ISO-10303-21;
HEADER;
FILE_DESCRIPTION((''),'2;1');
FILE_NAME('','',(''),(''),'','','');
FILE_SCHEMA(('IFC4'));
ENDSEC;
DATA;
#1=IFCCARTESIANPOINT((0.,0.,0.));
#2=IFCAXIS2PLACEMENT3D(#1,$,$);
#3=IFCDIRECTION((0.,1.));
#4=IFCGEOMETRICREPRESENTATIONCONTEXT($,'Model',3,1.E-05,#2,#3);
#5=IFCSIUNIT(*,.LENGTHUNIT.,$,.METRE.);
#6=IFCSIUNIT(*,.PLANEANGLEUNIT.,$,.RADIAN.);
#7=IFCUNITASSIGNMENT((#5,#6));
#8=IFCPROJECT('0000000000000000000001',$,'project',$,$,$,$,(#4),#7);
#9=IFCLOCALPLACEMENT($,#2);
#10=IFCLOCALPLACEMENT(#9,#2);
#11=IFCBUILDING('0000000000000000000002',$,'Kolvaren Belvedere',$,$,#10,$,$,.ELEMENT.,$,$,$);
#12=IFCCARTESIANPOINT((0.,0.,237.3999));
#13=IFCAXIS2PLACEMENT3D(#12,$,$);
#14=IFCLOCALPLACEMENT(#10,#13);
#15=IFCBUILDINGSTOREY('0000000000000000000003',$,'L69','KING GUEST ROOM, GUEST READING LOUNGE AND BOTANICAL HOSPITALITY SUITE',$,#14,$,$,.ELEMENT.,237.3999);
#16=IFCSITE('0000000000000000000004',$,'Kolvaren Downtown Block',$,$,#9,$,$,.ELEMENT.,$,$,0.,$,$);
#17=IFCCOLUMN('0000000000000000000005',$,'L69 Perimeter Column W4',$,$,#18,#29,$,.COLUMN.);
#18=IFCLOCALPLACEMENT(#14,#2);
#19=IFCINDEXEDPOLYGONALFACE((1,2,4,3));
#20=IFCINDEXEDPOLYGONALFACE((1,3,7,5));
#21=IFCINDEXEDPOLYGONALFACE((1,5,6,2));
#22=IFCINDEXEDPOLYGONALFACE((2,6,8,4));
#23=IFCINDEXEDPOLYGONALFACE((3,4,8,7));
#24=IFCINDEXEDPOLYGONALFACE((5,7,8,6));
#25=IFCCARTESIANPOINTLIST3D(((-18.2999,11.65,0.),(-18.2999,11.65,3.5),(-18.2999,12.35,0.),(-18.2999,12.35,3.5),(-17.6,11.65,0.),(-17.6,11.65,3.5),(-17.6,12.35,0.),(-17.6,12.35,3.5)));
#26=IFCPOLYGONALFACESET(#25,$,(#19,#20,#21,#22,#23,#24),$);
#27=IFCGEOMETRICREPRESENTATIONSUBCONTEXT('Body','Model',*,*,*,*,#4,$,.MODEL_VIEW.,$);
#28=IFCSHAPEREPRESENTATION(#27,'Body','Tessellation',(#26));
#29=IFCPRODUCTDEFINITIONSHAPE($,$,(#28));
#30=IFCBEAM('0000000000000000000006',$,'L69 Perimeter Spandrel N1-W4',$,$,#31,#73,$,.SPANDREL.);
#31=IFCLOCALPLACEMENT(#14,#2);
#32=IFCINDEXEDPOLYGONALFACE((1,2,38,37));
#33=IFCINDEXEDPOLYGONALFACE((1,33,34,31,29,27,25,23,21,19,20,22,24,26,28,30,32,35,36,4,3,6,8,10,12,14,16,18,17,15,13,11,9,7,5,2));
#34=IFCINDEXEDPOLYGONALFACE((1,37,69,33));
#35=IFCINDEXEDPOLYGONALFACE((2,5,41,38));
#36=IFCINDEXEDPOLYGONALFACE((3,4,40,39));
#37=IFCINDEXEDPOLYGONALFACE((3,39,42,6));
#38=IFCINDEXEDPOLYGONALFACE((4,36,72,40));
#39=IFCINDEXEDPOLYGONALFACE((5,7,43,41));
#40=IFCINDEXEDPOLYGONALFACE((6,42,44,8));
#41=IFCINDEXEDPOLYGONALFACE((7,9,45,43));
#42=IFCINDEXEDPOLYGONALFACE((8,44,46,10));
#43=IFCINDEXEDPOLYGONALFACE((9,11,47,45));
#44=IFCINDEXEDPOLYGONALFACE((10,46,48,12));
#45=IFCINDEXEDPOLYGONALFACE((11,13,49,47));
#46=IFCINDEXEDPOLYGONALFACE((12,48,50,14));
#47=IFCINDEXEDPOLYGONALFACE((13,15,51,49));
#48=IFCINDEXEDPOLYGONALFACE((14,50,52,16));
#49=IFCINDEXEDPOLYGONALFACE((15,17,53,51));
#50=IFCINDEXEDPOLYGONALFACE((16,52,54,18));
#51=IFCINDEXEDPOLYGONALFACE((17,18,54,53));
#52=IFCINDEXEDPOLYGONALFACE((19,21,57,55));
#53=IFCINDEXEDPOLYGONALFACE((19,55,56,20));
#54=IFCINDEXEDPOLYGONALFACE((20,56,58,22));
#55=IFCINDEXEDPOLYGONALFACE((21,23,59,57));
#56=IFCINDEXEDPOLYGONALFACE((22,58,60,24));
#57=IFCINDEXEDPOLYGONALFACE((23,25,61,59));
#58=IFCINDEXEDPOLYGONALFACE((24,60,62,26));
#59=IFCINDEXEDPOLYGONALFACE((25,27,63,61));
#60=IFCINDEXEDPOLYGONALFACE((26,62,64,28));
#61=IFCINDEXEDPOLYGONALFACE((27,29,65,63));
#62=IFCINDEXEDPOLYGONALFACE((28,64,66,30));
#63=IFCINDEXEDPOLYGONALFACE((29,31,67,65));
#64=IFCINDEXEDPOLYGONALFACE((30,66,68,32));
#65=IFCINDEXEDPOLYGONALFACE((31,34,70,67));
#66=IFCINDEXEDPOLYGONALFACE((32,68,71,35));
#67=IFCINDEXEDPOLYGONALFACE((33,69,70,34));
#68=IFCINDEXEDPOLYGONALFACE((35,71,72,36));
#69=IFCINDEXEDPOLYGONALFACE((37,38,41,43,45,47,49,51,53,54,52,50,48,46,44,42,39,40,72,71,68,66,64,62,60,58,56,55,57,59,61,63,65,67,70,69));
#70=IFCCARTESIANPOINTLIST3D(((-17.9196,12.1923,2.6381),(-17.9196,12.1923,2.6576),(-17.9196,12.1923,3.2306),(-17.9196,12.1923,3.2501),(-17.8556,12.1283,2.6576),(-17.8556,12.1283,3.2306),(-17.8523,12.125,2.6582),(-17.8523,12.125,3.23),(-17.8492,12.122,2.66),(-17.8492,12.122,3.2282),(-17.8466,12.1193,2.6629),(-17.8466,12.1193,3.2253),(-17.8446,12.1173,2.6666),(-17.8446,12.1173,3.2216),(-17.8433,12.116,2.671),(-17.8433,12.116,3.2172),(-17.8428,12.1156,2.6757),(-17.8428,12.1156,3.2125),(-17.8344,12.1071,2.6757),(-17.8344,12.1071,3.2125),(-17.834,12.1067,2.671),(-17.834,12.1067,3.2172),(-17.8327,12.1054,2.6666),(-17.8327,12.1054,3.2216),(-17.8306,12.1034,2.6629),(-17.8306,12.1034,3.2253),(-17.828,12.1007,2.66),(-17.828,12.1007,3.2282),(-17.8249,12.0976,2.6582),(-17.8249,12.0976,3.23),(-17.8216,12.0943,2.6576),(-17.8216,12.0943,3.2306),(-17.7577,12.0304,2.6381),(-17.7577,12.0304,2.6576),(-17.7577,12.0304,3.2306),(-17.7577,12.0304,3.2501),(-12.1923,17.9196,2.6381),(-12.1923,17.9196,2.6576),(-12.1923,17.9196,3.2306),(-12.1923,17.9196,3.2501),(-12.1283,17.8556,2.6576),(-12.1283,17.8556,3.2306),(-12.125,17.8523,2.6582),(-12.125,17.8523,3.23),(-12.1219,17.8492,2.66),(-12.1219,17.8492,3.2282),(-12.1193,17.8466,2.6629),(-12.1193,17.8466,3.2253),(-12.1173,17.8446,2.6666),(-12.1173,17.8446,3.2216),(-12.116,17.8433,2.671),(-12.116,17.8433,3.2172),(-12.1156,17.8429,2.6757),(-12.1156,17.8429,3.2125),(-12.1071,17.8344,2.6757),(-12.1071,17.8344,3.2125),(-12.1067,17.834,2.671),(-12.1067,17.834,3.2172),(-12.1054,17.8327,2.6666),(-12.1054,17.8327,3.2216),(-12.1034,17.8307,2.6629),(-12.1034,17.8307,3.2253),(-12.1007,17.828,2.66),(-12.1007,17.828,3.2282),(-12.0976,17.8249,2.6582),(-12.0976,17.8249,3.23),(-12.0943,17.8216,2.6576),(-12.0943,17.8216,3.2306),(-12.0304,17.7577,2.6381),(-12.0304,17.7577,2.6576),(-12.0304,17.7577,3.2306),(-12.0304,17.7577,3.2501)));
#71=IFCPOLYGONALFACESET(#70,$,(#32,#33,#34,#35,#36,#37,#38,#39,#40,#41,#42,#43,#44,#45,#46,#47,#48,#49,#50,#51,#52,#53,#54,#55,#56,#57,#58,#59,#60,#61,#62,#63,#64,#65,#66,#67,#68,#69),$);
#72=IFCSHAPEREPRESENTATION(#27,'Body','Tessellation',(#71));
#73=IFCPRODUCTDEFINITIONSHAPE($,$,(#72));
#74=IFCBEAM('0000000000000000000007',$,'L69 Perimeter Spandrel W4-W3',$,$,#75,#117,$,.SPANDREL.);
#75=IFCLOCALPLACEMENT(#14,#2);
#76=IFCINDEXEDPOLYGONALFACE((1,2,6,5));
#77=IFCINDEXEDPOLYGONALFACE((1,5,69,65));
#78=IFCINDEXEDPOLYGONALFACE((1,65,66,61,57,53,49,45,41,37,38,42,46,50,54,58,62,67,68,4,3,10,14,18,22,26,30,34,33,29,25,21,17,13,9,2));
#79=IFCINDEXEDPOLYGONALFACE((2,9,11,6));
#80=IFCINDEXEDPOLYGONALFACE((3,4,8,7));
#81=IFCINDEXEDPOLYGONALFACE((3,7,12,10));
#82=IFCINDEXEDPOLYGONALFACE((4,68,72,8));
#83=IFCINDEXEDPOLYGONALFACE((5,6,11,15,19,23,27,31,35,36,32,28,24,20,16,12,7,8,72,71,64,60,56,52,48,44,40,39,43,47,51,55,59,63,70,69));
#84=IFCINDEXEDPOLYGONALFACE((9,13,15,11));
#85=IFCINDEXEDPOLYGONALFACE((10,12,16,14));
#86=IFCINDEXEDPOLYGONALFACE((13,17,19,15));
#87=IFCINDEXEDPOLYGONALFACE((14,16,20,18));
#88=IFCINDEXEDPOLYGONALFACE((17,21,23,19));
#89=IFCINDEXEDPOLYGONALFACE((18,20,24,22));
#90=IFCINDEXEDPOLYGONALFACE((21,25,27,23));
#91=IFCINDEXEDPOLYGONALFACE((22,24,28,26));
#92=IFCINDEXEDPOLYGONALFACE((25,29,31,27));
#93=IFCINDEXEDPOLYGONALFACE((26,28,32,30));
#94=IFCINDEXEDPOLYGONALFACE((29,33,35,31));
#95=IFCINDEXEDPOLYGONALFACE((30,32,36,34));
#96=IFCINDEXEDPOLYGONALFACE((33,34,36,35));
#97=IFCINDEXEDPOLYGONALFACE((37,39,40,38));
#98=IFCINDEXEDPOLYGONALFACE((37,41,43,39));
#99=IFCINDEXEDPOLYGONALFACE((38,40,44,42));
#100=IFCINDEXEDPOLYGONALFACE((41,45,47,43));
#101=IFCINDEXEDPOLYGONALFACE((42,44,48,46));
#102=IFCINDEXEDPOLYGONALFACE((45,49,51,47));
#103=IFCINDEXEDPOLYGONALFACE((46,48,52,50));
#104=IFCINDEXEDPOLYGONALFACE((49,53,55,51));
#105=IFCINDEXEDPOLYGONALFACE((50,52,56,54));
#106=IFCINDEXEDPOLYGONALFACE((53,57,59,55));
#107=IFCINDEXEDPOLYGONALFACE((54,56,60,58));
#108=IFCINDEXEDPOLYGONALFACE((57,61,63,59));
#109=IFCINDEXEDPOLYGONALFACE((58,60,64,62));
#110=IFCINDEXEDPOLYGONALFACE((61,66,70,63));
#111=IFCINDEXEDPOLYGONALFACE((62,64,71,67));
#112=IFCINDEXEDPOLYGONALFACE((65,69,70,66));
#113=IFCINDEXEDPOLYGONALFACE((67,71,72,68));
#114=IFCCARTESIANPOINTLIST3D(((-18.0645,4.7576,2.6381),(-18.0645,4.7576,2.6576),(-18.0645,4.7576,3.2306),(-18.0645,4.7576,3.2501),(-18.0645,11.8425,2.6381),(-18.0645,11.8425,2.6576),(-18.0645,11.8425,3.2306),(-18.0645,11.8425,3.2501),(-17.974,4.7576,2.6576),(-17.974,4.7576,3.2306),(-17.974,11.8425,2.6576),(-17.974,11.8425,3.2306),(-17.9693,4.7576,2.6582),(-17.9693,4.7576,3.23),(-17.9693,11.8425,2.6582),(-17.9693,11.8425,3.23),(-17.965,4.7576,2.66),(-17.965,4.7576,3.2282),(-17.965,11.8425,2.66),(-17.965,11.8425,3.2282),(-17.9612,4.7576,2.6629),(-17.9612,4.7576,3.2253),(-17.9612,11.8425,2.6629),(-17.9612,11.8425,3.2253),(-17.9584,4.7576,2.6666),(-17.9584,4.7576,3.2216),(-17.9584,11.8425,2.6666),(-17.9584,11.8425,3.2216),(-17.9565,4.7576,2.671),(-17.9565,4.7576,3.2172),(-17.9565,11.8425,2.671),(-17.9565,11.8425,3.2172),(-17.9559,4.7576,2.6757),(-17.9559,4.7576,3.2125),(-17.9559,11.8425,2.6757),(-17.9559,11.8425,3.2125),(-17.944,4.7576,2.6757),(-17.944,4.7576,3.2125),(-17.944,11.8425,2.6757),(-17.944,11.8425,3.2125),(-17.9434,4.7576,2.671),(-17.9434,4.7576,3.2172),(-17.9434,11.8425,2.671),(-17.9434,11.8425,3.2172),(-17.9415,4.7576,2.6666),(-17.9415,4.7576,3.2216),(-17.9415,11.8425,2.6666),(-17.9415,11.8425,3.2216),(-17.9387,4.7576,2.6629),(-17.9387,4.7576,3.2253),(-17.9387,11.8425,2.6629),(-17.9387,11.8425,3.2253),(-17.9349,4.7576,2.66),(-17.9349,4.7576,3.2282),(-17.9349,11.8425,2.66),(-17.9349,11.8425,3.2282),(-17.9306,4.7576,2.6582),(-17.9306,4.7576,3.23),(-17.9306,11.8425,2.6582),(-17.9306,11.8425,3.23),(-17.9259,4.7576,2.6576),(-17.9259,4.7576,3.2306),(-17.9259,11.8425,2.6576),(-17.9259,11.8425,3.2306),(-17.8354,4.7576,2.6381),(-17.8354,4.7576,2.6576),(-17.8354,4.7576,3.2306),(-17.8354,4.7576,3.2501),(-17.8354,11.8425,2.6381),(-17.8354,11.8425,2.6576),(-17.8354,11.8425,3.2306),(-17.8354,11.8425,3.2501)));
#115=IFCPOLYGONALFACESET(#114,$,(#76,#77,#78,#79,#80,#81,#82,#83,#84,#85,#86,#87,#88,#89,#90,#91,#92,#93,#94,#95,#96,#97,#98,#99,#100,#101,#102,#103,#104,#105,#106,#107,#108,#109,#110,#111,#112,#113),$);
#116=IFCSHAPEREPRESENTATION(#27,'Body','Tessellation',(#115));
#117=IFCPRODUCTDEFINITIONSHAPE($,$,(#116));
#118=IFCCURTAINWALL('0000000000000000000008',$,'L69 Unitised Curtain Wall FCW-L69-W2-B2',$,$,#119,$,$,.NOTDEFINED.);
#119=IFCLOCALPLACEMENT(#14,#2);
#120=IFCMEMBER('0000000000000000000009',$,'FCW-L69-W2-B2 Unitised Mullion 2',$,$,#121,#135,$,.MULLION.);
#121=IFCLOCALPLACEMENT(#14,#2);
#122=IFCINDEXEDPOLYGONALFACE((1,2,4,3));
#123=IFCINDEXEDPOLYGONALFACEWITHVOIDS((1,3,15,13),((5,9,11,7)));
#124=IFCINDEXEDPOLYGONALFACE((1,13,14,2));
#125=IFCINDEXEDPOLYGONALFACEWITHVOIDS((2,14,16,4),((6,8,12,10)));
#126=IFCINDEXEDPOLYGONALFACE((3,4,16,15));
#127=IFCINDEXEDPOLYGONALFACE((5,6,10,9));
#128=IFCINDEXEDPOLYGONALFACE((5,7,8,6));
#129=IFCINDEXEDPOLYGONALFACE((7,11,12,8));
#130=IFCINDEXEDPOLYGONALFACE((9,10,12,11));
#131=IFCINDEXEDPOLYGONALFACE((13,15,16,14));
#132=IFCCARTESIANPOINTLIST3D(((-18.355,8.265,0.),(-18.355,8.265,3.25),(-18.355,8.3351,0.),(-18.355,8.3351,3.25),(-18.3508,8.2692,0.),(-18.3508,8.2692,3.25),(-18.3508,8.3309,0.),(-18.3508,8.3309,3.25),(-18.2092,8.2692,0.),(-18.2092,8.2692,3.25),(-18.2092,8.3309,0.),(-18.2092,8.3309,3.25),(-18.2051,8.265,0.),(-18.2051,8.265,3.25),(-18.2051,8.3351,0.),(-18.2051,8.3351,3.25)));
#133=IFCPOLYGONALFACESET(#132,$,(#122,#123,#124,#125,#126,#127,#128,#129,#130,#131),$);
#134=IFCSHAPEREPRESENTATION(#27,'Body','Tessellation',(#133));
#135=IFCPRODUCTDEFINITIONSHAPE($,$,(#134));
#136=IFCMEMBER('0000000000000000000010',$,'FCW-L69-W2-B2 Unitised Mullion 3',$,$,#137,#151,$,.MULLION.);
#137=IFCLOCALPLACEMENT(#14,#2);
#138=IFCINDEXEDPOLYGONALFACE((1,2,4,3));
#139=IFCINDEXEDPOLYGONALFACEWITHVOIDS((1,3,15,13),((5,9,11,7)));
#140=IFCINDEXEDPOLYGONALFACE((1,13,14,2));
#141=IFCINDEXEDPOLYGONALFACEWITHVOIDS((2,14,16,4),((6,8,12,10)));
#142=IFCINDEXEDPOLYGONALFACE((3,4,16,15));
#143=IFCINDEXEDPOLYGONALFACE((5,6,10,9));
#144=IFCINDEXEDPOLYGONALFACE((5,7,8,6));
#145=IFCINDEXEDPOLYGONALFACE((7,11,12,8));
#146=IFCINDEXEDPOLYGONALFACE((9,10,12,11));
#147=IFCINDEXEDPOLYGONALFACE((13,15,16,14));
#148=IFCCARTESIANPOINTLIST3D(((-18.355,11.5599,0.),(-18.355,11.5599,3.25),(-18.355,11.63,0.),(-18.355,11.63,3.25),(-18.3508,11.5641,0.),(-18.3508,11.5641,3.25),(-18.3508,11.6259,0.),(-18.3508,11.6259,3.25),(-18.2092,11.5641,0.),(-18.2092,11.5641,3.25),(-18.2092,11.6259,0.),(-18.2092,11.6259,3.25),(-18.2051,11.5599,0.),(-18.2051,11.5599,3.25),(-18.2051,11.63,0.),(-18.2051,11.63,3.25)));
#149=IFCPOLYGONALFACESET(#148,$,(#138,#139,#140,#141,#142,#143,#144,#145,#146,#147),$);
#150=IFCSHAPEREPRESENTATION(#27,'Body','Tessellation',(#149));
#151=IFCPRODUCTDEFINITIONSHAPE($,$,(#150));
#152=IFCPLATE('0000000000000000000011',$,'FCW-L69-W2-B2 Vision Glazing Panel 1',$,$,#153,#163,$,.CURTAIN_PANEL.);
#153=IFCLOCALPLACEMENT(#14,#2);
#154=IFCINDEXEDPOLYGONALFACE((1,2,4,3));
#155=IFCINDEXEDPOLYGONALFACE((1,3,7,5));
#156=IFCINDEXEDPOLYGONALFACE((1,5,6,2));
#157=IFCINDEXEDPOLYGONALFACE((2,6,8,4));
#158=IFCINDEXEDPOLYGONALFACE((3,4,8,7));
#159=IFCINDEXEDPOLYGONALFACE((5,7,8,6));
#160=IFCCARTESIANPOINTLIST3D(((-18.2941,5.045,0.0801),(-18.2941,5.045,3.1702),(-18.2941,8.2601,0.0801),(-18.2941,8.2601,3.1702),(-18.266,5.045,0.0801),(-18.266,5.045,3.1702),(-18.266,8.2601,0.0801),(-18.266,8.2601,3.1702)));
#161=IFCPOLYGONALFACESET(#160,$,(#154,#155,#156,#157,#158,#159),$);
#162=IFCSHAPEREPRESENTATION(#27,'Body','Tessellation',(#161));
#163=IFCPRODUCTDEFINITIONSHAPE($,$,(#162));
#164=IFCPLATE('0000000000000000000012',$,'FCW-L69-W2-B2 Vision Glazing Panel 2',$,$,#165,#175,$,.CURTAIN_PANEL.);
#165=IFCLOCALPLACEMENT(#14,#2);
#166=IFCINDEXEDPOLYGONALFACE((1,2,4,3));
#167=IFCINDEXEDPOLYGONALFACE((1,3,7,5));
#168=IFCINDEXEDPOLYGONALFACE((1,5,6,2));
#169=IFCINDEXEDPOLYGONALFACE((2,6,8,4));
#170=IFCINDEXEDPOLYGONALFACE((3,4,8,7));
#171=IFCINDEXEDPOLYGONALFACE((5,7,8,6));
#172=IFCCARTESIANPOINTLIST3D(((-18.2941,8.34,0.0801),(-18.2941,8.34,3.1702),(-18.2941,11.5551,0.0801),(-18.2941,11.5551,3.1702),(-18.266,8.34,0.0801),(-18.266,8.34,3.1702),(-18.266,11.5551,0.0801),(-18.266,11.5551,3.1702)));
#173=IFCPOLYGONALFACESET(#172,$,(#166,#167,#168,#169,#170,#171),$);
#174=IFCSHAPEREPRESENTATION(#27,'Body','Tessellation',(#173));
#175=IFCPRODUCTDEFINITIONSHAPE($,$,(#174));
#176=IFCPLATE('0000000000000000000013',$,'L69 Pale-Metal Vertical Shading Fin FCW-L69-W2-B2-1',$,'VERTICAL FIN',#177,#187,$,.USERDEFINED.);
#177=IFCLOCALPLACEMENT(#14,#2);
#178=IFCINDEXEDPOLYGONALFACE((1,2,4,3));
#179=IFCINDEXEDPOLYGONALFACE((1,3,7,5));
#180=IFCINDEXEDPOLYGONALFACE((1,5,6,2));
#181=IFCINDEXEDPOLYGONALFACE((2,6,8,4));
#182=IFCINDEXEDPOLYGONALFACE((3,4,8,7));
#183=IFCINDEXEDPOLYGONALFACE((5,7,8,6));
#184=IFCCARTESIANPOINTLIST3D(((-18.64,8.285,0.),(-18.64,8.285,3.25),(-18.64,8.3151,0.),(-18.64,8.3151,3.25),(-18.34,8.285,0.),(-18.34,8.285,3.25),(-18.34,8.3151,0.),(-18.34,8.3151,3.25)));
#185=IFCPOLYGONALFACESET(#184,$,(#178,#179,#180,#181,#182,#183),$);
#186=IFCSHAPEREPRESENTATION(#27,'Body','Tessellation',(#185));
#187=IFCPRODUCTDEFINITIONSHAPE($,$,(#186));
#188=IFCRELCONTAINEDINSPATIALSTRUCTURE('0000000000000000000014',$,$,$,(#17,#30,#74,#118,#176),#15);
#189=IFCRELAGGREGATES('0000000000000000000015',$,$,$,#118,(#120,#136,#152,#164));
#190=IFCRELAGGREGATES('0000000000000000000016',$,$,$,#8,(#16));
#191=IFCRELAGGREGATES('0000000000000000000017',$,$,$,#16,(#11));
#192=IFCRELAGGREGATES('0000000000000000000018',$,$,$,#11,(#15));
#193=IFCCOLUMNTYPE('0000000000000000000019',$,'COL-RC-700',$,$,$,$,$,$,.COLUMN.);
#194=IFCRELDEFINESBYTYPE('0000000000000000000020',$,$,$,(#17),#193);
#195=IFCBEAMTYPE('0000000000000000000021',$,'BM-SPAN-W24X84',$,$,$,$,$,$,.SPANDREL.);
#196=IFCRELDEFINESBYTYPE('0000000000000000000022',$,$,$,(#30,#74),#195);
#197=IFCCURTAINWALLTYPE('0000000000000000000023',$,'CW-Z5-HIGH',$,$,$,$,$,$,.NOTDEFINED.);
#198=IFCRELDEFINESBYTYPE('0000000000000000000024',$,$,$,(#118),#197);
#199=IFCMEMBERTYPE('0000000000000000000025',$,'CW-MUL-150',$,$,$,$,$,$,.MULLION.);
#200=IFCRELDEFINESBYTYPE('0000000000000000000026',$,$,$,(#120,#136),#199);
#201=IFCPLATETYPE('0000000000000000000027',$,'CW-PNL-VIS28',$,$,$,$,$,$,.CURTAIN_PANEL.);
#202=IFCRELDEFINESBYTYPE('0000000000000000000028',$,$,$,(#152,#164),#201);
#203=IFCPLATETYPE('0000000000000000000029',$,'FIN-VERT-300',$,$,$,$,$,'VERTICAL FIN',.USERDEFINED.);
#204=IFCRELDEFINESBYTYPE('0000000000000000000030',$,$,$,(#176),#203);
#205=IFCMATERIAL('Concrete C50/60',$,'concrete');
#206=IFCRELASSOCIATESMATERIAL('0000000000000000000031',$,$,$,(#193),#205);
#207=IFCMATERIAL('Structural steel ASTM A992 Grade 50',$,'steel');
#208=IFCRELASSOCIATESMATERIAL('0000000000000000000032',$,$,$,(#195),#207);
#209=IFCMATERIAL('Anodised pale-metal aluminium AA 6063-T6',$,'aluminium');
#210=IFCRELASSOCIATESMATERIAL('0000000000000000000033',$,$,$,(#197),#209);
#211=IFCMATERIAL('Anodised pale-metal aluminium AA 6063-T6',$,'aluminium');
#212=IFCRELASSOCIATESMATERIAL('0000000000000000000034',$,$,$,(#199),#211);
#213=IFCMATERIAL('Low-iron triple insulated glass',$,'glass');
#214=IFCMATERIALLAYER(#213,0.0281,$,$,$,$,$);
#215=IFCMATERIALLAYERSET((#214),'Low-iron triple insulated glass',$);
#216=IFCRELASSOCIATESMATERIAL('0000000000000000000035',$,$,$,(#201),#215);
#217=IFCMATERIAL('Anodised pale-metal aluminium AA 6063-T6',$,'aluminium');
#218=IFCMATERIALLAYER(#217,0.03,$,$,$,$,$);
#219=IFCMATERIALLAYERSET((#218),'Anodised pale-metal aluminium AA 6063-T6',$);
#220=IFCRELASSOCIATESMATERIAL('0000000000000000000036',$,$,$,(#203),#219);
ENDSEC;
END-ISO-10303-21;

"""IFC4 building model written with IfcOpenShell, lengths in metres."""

from ifc_helpers import new_model, si_unit, direction, frame, origin, origin_2d, place, context, subcontext, project, spatial, rectangle, hollow_rectangle, i_section, extrude, material, layer, layer_set, material_profile, profile_set, type_object, element, aggregate, save


model = new_model("IFC4")

# Units and contexts
model_context = context("Model", 3, precision=1e-05, world=origin(), true_north=direction((0.0, 1.0)))
body_context = subcontext(model_context, "Body", "Model", "MODEL_VIEW")
ifc_project = project(units=[si_unit("LENGTHUNIT", "METRE"), si_unit("PLANEANGLEUNIT", "RADIAN")], contexts=[model_context])

# Site, building, storey
site_placement = place(None, origin())
site = spatial("IfcSite", under=ifc_project, at=site_placement, Name="Kolvaren Downtown Block", CompositionType="ELEMENT", RefElevation=0.0)
building_placement = place(site_placement, origin())
building = spatial("IfcBuilding", under=site, at=building_placement, Name="Kolvaren Belvedere", CompositionType="ELEMENT")
storey_placement = place(building_placement, frame((0.0, 0.0, 237.3999)))
storey = spatial("IfcBuildingStorey", under=building, at=storey_placement, Name="L69", Description="KING GUEST ROOM, GUEST READING LOUNGE AND BOTANICAL HOSPITALITY SUITE", CompositionType="ELEMENT", Elevation=237.3999)

# Column
ifc_material_1 = material(Name="Concrete C50/60", Category="concrete")
ifc_material_profile_1 = material_profile(ifc_material_1, rectangle(XDim=0.7, YDim=0.7, at=origin_2d()), Name="RC 700X700")
ifc_profile_set_1 = profile_set([ifc_material_profile_1], Name="Concrete C50/60")
column_type = type_object("IfcColumnType", Name="COL-RC-700", PredefinedType="COLUMN", material=ifc_profile_set_1)
column_placement = place(storey_placement, frame((-17.95, 12.0, 0.0), z_axis=(0.0, 0.0, 1.0), x_axis=(1.0, 0.0, 0.0)))
element("IfcColumn", 1, at=column_placement, inside=storey, type_object=column_type, Name="L69 Perimeter Column W4", PredefinedType="COLUMN", context=body_context, shape_type="SweptSolid", body=[
    extrude(rectangle(XDim=0.7, YDim=0.7, at=origin_2d()), origin(), (0.0, 0.0, 1.0), 3.5),
])

# Beams
ifc_material_2 = material(Name="Structural steel ASTM A992 Grade 50", Category="steel")
ifc_material_profile_2 = material_profile(ifc_material_2, i_section(OverallWidth=0.229, OverallDepth=0.6121, WebThickness=0.012, FlangeThickness=0.0195, FilletRadius=0.0181, at=origin_2d()), Name="W24X84")
ifc_profile_set_2 = profile_set([ifc_material_profile_2], Name="Structural steel ASTM A992 Grade 50")
beam_type = type_object("IfcBeamType", Name="BM-SPAN-W24X84", PredefinedType="SPANDREL", material=ifc_profile_set_2)
beam_1_placement = place(storey_placement, frame((-12.1113, 17.8386, 2.9441), z_axis=(-0.707107, -0.707107, 0.0), x_axis=(0.707107, -0.707107, 0.0)))
element("IfcBeam", 2, at=beam_1_placement, inside=storey, type_object=beam_type, Name="L69 Perimeter Spandrel N1-W4", PredefinedType="SPANDREL", context=body_context, shape_type="SweptSolid", body=[
    extrude(i_section(OverallWidth=0.229, OverallDepth=0.6121, WebThickness=0.012, FlangeThickness=0.0195, FilletRadius=0.0181, at=origin_2d()), origin(), (0.0, 0.0, 1.0), 8.0996),
])
beam_2_placement = place(storey_placement, frame((-17.95, 11.8425, 2.9441), z_axis=(0.0, -1.0, 0.0), x_axis=(1.0, 0.0, 0.0)))
element("IfcBeam", 3, at=beam_2_placement, inside=storey, type_object=beam_type, Name="L69 Perimeter Spandrel W4-W3", PredefinedType="SPANDREL", context=body_context, shape_type="SweptSolid", body=[
    extrude(i_section(OverallWidth=0.229, OverallDepth=0.6121, WebThickness=0.012, FlangeThickness=0.0195, FilletRadius=0.0181, at=origin_2d()), origin(), (0.0, 0.0, 1.0), 7.085),
])

# Curtain wall, members, plates
ifc_material_3 = material(Name="Anodised pale-metal aluminium AA 6063-T6", Category="aluminium")
curtain_wall_type = type_object("IfcCurtainWallType", Name="CW-Z5-HIGH", PredefinedType="NOTDEFINED", material=ifc_material_3)
curtain_wall_placement = place(storey_placement, origin())
curtain_wall = element("IfcCurtainWall", 4, at=curtain_wall_placement, inside=storey, type_object=curtain_wall_type, Name="L69 Unitised Curtain Wall FCW-L69-W2-B2", PredefinedType="NOTDEFINED")
ifc_material_4 = material(Name="Anodised pale-metal aluminium AA 6063-T6", Category="aluminium")
ifc_material_profile_3 = material_profile(ifc_material_4, hollow_rectangle(XDim=0.0701, YDim=0.1499, WallThickness=0.0042, at=origin_2d()), Name="ALU-MUL-150X70")
ifc_profile_set_3 = profile_set([ifc_material_profile_3], Name="Anodised pale-metal aluminium AA 6063-T6")
member_type = type_object("IfcMemberType", Name="CW-MUL-150", PredefinedType="MULLION", material=ifc_profile_set_3)
member_1_placement = place(storey_placement, frame((-18.28, 8.3, 0.0), z_axis=(0.0, 0.0, 1.0), x_axis=(0.0, 1.0, 0.0)))
member_1 = element("IfcMember", 5, at=member_1_placement, type_object=member_type, Name="FCW-L69-W2-B2 Unitised Mullion 2", PredefinedType="MULLION", context=body_context, shape_type="SweptSolid", body=[
    extrude(hollow_rectangle(XDim=0.0701, YDim=0.1499, WallThickness=0.0042, at=origin_2d()), origin(), (0.0, 0.0, 1.0), 3.25),
])
member_2_placement = place(storey_placement, frame((-18.28, 11.595, 0.0), z_axis=(0.0, 0.0, 1.0), x_axis=(0.0, 1.0, 0.0)))
member_2 = element("IfcMember", 6, at=member_2_placement, type_object=member_type, Name="FCW-L69-W2-B2 Unitised Mullion 3", PredefinedType="MULLION", context=body_context, shape_type="SweptSolid", body=[
    extrude(hollow_rectangle(XDim=0.0701, YDim=0.1499, WallThickness=0.0042, at=origin_2d()), origin(), (0.0, 0.0, 1.0), 3.25),
])
ifc_material_5 = material(Name="Low-iron triple insulated glass", Category="glass")
ifc_layer_1 = layer(ifc_material_5, 0.0281)
ifc_layer_set_1 = layer_set([ifc_layer_1], Name="Low-iron triple insulated glass")
plate_type_1 = type_object("IfcPlateType", Name="CW-PNL-VIS28", PredefinedType="CURTAIN_PANEL", material=ifc_layer_set_1)
plate_1_placement = place(storey_placement, frame((-18.28, 6.6526, 0.0801), z_axis=(0.0, 0.0, 1.0), x_axis=(0.0, 1.0, 0.0)))
plate_1 = element("IfcPlate", 7, at=plate_1_placement, type_object=plate_type_1, Name="FCW-L69-W2-B2 Vision Glazing Panel 1", PredefinedType="CURTAIN_PANEL", context=body_context, shape_type="SweptSolid", body=[
    extrude(rectangle(XDim=3.2151, YDim=0.0281, at=origin_2d()), origin(), (0.0, 0.0, 1.0), 3.0901),
])
plate_2_placement = place(storey_placement, frame((-18.28, 9.9475, 0.0801), z_axis=(0.0, 0.0, 1.0), x_axis=(0.0, 1.0, 0.0)))
plate_2 = element("IfcPlate", 8, at=plate_2_placement, type_object=plate_type_1, Name="FCW-L69-W2-B2 Vision Glazing Panel 2", PredefinedType="CURTAIN_PANEL", context=body_context, shape_type="SweptSolid", body=[
    extrude(rectangle(XDim=3.2151, YDim=0.0281, at=origin_2d()), origin(), (0.0, 0.0, 1.0), 3.0901),
])
aggregate(curtain_wall, [member_1, member_2, plate_1, plate_2])

# Plate
ifc_material_6 = material(Name="Anodised pale-metal aluminium AA 6063-T6", Category="aluminium")
ifc_layer_2 = layer(ifc_material_6, 0.03)
ifc_layer_set_2 = layer_set([ifc_layer_2], Name="Anodised pale-metal aluminium AA 6063-T6")
plate_type_2 = type_object("IfcPlateType", Name="FIN-VERT-300", ElementType="VERTICAL FIN", PredefinedType="USERDEFINED", material=ifc_layer_set_2)
plate_3_placement = place(storey_placement, frame((-18.49, 8.3, 0.0), z_axis=(0.0, 0.0, 1.0), x_axis=(1.0, 0.0, 0.0)))
element("IfcPlate", 9, at=plate_3_placement, inside=storey, type_object=plate_type_2, Name="L69 Pale-Metal Vertical Shading Fin FCW-L69-W2-B2-1", ObjectType="VERTICAL FIN", PredefinedType="USERDEFINED", context=body_context, shape_type="SweptSolid", body=[
    extrude(rectangle(XDim=0.3, YDim=0.03, at=origin_2d()), origin(), (0.0, 0.0, 1.0), 3.25),
])

save(model, "model.ifc")
